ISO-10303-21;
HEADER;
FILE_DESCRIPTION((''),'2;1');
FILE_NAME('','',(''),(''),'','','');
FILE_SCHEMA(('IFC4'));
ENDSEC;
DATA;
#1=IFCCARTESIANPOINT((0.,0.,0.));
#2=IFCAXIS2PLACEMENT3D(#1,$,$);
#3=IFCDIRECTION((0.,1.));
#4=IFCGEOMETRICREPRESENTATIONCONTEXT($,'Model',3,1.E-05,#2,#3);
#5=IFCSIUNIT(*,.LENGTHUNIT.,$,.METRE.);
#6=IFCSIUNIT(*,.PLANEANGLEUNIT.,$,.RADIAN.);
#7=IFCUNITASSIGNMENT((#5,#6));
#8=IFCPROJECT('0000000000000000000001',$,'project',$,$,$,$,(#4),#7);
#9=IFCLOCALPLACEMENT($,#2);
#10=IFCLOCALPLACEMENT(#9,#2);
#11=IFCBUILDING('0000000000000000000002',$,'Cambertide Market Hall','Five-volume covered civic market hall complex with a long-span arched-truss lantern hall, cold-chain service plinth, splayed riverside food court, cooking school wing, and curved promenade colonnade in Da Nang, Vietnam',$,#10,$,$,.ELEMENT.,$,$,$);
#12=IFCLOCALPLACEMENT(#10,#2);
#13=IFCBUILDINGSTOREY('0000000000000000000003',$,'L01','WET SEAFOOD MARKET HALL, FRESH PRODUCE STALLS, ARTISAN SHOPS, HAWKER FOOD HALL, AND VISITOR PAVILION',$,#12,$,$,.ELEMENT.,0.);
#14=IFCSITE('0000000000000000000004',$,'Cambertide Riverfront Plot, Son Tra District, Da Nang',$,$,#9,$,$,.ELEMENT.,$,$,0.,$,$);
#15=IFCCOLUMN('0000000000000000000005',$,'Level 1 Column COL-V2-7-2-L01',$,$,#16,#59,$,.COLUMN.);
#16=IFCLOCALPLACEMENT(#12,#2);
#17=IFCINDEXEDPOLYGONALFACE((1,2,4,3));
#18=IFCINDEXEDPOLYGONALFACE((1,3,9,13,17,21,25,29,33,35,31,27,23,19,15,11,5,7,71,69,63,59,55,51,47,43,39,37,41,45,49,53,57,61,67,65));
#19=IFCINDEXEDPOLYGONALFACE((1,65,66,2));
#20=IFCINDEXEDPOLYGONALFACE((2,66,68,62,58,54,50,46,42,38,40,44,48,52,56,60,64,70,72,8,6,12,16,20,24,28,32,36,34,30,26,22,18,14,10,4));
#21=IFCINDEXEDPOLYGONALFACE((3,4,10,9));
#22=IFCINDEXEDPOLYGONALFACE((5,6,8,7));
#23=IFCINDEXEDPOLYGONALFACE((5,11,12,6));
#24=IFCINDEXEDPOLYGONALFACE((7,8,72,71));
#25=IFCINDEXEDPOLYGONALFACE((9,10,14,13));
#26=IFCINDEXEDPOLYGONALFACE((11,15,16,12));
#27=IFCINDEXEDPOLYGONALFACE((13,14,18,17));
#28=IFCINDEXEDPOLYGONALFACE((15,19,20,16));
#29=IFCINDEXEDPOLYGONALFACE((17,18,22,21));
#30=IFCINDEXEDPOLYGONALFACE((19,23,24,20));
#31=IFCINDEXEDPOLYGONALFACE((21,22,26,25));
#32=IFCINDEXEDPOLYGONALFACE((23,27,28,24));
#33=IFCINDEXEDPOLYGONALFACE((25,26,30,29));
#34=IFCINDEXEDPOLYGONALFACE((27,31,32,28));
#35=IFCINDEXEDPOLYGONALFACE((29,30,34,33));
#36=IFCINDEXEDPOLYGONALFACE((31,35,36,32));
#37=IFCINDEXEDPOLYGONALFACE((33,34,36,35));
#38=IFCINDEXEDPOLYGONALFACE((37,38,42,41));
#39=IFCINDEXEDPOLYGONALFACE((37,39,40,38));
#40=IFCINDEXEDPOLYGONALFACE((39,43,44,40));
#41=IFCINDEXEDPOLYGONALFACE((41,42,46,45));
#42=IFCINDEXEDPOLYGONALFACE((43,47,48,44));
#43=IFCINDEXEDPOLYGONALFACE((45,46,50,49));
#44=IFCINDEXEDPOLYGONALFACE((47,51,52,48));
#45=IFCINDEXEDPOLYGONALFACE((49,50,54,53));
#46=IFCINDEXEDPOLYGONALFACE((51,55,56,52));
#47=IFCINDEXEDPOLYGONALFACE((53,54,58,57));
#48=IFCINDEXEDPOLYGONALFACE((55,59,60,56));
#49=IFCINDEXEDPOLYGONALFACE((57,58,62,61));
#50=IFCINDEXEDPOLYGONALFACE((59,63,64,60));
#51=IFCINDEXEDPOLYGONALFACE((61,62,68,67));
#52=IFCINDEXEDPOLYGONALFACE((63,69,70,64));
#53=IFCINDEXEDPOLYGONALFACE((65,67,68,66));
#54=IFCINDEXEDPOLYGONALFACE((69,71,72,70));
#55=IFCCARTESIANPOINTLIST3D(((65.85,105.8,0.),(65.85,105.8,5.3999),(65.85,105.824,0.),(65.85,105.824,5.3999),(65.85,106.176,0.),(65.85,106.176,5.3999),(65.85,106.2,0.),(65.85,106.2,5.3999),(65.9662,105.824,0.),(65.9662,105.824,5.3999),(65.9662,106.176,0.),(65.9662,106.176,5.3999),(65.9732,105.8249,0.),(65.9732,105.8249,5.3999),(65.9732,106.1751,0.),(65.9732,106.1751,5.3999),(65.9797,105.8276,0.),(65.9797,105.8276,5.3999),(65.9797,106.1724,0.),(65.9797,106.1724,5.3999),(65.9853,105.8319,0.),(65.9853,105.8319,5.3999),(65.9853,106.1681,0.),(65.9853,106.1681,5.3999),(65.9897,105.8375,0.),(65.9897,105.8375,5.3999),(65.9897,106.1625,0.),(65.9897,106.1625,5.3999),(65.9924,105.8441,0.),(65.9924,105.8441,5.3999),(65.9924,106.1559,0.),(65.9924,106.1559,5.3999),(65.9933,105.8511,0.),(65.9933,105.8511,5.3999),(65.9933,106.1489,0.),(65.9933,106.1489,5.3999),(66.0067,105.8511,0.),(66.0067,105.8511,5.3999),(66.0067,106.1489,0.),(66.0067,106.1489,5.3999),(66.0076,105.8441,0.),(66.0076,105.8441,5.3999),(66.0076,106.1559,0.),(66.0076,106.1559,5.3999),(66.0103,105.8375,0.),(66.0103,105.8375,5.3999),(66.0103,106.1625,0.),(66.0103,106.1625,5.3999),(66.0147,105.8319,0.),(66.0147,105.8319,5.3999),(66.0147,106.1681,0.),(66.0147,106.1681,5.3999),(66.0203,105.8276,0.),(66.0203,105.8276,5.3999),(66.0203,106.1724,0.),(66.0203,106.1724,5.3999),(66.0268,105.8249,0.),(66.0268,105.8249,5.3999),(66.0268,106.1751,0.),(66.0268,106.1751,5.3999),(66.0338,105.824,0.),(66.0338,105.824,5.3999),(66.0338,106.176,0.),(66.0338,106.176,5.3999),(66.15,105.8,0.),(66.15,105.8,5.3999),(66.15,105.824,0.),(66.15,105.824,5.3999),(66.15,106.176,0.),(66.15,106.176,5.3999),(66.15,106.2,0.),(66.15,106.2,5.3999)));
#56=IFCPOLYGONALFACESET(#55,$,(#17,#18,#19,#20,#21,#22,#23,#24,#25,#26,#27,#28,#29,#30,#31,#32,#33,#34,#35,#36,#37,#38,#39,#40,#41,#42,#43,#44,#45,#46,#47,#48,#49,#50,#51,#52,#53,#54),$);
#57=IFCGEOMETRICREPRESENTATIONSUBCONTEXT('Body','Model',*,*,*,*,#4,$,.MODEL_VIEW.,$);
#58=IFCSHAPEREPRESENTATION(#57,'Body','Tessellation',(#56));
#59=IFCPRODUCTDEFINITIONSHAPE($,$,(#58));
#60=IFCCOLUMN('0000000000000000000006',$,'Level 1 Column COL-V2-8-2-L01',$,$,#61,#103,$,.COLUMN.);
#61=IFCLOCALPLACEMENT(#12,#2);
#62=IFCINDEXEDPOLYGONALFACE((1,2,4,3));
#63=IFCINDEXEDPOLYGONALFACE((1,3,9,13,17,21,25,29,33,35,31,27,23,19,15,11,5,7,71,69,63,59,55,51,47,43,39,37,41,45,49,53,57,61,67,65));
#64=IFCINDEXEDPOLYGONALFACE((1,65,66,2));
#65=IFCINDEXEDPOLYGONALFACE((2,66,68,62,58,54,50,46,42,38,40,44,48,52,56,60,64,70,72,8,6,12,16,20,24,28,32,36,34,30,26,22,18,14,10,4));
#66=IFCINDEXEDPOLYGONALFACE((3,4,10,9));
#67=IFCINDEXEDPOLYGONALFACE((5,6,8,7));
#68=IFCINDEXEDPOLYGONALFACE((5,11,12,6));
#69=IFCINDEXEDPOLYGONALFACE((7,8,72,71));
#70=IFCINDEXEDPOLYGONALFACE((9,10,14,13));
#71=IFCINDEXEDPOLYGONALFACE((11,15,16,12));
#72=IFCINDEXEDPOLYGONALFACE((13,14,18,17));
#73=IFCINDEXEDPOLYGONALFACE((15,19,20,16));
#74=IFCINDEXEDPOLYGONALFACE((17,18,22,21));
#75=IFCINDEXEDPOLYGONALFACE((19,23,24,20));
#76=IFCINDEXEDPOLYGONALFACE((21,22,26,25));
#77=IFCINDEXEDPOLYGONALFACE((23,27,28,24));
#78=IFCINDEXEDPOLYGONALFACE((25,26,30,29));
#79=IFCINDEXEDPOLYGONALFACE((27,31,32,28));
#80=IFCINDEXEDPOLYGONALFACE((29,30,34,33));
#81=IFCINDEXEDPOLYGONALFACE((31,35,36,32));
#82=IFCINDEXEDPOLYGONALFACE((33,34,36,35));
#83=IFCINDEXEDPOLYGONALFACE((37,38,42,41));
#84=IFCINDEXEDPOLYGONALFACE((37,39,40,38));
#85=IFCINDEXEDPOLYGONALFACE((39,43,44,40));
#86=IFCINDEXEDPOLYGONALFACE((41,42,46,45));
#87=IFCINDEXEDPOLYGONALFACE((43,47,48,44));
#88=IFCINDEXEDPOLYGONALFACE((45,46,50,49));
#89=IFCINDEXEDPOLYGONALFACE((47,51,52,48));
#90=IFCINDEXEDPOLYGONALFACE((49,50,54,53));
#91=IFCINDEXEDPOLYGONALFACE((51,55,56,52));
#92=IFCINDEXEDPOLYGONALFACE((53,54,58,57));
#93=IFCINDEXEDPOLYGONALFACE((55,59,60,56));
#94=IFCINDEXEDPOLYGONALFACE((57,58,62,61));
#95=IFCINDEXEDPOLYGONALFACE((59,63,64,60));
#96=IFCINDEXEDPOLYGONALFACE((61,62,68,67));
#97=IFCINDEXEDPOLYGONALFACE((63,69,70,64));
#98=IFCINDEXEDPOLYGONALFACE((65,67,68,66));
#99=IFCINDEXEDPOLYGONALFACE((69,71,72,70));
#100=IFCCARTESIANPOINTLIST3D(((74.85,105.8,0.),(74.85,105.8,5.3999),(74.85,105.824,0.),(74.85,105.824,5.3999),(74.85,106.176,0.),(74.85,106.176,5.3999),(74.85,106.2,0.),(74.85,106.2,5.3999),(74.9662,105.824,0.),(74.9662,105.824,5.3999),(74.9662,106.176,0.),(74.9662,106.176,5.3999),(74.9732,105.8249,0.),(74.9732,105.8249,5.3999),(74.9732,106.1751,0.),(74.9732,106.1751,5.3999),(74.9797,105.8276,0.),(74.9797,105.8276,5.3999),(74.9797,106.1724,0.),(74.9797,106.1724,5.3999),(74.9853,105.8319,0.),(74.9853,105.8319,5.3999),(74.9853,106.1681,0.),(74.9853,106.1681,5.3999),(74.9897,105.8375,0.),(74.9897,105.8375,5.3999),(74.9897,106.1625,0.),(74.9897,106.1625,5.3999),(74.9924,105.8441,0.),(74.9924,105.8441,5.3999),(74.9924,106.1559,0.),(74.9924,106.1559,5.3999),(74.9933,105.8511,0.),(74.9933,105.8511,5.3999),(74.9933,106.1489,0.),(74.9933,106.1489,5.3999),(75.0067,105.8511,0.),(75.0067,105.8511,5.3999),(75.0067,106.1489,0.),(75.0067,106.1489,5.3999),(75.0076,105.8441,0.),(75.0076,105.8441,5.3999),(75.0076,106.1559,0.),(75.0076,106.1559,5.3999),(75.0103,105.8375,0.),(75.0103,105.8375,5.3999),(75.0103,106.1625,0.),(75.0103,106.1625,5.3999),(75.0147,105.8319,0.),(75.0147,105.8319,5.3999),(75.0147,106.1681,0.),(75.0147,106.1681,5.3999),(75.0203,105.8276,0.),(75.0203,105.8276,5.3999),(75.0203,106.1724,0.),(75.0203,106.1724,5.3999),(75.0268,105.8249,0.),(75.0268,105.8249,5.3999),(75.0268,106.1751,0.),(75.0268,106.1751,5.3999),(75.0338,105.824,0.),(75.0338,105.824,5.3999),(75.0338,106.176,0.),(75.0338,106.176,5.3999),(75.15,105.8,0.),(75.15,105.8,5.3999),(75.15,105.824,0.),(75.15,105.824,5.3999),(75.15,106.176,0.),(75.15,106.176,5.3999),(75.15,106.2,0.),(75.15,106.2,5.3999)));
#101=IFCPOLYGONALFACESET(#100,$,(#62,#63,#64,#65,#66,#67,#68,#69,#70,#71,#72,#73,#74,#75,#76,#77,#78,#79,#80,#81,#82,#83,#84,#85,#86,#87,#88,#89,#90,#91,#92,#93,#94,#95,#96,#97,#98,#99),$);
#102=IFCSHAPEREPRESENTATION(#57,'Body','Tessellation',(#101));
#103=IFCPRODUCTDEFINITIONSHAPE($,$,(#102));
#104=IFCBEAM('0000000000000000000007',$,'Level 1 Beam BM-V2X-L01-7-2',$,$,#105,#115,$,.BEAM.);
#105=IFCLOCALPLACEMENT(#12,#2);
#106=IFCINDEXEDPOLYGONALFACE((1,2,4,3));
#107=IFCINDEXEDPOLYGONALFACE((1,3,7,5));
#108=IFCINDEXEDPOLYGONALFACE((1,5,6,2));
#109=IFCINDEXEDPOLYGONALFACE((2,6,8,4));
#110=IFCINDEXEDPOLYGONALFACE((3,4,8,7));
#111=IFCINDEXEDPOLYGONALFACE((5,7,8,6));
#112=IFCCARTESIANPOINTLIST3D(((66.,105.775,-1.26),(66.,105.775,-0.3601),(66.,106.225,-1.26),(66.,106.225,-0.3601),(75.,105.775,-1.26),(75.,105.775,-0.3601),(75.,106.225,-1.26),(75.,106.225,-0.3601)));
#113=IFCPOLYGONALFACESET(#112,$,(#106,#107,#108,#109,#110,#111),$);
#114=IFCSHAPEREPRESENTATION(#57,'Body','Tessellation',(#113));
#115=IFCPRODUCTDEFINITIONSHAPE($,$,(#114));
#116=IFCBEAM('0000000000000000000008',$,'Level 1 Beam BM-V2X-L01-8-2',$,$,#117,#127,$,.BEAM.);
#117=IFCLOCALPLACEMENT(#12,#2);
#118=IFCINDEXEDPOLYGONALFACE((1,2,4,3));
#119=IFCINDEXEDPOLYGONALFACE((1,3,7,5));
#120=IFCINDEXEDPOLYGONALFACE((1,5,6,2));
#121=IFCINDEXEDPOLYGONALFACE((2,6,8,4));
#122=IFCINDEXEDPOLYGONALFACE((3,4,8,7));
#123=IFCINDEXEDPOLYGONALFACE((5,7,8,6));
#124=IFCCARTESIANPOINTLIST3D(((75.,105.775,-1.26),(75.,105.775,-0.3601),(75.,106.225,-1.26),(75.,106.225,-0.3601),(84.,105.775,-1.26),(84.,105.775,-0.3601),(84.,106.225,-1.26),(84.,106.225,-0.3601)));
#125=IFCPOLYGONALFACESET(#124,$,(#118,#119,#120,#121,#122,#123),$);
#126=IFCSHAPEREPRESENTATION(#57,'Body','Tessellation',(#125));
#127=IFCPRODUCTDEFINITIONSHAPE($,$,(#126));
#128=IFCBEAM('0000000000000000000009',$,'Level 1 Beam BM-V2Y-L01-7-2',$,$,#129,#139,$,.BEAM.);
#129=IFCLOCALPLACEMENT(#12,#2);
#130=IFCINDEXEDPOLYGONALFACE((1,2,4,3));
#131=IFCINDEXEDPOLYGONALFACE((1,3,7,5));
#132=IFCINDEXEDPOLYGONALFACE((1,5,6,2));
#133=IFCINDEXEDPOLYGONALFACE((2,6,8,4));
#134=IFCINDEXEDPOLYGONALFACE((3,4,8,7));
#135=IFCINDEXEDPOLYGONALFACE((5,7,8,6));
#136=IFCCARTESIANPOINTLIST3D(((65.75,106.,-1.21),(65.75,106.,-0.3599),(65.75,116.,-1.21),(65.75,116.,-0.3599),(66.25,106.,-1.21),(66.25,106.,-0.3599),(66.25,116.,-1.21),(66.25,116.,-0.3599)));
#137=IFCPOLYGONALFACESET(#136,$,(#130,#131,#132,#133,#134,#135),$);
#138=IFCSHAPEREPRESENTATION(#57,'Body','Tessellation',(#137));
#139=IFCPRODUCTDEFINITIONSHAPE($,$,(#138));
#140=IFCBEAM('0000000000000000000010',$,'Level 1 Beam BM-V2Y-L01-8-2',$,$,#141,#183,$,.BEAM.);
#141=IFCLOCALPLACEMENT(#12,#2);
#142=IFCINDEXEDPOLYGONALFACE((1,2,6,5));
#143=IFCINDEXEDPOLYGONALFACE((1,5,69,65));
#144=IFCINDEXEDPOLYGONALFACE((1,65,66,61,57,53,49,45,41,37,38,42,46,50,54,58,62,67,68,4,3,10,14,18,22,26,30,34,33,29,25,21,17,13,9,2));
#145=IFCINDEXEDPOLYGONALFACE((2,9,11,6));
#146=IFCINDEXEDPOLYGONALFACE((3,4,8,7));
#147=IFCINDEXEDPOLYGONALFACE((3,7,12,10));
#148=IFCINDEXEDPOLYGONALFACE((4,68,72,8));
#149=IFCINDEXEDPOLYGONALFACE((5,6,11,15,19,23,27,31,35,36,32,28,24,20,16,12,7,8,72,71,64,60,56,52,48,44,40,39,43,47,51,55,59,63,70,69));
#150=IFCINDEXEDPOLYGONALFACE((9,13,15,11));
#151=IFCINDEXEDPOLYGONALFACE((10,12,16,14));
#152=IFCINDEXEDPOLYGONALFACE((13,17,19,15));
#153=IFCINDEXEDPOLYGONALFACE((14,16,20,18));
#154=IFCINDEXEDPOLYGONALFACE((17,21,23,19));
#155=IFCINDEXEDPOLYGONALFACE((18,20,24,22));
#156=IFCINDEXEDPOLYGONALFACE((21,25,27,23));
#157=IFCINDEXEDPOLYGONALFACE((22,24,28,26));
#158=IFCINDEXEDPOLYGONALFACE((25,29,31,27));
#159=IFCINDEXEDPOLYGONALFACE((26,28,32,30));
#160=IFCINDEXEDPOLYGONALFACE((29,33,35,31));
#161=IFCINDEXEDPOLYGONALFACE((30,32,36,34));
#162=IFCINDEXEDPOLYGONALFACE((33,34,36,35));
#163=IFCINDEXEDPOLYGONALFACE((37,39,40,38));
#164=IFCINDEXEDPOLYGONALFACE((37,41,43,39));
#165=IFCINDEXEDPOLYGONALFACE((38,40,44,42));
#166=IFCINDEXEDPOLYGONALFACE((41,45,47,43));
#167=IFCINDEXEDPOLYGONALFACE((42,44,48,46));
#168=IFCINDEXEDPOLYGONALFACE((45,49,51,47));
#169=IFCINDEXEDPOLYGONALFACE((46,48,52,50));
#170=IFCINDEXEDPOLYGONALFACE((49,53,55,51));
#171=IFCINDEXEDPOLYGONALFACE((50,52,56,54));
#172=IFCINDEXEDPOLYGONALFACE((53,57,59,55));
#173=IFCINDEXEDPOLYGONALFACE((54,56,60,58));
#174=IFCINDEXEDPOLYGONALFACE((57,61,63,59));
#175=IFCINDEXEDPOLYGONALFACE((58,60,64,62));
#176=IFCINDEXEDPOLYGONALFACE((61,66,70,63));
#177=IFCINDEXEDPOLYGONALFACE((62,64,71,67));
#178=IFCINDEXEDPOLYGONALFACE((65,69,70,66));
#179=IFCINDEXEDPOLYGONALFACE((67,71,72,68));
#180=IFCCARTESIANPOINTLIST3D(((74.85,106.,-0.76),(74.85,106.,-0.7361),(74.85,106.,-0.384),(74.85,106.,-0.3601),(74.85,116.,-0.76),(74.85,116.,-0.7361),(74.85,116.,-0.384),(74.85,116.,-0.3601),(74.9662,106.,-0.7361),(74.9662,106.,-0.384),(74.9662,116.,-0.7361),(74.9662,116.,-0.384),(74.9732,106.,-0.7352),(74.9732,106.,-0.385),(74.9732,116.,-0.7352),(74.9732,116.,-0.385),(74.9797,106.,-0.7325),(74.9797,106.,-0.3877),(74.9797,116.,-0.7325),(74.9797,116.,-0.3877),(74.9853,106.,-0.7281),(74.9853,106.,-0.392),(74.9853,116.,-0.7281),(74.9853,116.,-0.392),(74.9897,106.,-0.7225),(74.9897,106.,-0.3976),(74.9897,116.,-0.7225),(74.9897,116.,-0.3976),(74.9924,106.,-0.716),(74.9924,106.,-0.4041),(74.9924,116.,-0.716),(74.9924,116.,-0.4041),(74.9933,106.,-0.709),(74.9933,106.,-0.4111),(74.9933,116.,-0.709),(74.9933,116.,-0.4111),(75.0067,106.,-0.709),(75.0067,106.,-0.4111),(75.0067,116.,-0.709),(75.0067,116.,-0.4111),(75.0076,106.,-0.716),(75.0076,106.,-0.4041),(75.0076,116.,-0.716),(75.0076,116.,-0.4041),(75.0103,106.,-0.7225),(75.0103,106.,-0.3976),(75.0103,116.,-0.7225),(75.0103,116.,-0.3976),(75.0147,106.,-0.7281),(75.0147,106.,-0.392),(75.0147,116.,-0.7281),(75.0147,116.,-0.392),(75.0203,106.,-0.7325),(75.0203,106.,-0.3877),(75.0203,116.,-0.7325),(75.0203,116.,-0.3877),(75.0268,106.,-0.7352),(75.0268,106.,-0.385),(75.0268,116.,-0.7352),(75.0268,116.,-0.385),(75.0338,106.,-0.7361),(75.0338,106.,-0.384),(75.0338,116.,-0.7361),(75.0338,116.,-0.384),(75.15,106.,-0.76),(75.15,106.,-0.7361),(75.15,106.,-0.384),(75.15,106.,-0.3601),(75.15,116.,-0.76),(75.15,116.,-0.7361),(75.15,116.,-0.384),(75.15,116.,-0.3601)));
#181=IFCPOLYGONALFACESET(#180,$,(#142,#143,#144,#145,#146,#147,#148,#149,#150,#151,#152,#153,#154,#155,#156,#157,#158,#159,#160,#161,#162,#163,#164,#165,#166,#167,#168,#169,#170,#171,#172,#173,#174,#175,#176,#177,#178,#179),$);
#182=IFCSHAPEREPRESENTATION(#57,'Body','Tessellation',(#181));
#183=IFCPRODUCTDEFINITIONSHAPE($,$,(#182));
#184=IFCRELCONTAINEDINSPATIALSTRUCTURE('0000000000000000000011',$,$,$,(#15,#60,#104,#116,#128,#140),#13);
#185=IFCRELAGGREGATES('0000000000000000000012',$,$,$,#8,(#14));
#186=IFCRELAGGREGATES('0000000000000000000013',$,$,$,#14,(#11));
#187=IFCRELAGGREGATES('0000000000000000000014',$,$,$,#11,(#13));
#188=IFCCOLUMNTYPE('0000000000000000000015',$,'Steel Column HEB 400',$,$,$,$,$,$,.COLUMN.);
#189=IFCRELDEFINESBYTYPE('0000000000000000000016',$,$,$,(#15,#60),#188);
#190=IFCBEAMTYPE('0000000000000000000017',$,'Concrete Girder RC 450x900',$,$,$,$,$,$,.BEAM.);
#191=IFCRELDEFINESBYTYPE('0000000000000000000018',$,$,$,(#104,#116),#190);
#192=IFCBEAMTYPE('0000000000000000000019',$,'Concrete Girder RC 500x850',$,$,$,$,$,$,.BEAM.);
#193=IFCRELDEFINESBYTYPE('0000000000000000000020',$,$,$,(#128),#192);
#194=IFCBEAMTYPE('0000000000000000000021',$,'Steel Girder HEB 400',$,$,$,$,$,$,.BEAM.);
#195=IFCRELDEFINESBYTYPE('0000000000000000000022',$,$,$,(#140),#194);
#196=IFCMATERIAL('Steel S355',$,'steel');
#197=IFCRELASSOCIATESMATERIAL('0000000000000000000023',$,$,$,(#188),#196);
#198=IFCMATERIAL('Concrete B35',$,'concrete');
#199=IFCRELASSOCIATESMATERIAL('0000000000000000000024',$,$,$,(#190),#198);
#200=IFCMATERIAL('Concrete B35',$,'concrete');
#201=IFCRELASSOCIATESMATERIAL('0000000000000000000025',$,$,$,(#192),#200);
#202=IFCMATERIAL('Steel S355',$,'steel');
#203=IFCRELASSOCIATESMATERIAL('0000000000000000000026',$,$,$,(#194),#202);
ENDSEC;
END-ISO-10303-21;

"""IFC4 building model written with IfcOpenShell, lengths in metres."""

from ifc_helpers import new_model, si_unit, direction, frame, origin, origin_2d, place, context, subcontext, project, spatial, rectangle, i_section, extrude, material, material_profile, profile_set, type_object, element, save


model = new_model("IFC4")

# Units and contexts
model_context = context("Model", 3, precision=1e-05, world=origin(), true_north=direction((0.0, 1.0)))
body_context = subcontext(model_context, "Body", "Model", "MODEL_VIEW")
ifc_project = project(units=[si_unit("LENGTHUNIT", "METRE"), si_unit("PLANEANGLEUNIT", "RADIAN")], contexts=[model_context])

# Site, building, storey
site_placement = place(None, origin())
site = spatial("IfcSite", under=ifc_project, at=site_placement, Name="Cambertide Riverfront Plot, Son Tra District, Da Nang", CompositionType="ELEMENT", RefElevation=0.0)
building_placement = place(site_placement, origin())
building = spatial("IfcBuilding", under=site, at=building_placement, Name="Cambertide Market Hall", Description="Five-volume covered civic market hall complex with a long-span arched-truss lantern hall, cold-chain service plinth, splayed riverside food court, cooking school wing, and curved promenade colonnade in Da Nang, Vietnam", CompositionType="ELEMENT")
storey_placement = place(building_placement, origin())
storey = spatial("IfcBuildingStorey", under=building, at=storey_placement, Name="L01", Description="WET SEAFOOD MARKET HALL, FRESH PRODUCE STALLS, ARTISAN SHOPS, HAWKER FOOD HALL, AND VISITOR PAVILION", CompositionType="ELEMENT", Elevation=0.0)

# Columns
ifc_material_1 = material(Name="Steel S355", Category="steel")
ifc_material_profile_1 = material_profile(ifc_material_1, i_section(OverallWidth=0.3, OverallDepth=0.3999, WebThickness=0.0134, FlangeThickness=0.0239, FilletRadius=0.0271, at=origin_2d()), Name="HEB 400")
ifc_profile_set_1 = profile_set([ifc_material_profile_1], Name="Steel S355")
column_type = type_object("IfcColumnType", Name="Steel Column HEB 400", PredefinedType="COLUMN", material=ifc_profile_set_1)
for number, where, z_axis, x_axis, name in (
    (1, (66.0, 106.0, 0.0), (0.0, 0.0, 1.0), (1.0, 0.0, 0.0), "Level 1 Column COL-V2-7-2-L01"),
    (2, (75.0, 106.0, 0.0), (0.0, 0.0, 1.0), (1.0, 0.0, 0.0), "Level 1 Column COL-V2-8-2-L01"),
):
    element("IfcColumn", number, at=place(storey_placement, frame(where, z_axis=z_axis, x_axis=x_axis)), inside=storey, type_object=column_type, Name=name, PredefinedType="COLUMN", context=body_context, shape_type="SweptSolid", body=[
        extrude(i_section(OverallWidth=0.3, OverallDepth=0.3999, WebThickness=0.0134, FlangeThickness=0.0239, FilletRadius=0.0271, at=origin_2d()), origin(), (0.0, 0.0, 1.0), 5.3999),
    ])

# Beams
ifc_material_2 = material(Name="Concrete B35", Category="concrete")
ifc_material_profile_2 = material_profile(ifc_material_2, rectangle(XDim=0.45, YDim=0.8999, at=origin_2d()), Name="RC 450x900")
ifc_profile_set_2 = profile_set([ifc_material_profile_2], Name="Concrete B35")
beam_type_1 = type_object("IfcBeamType", Name="Concrete Girder RC 450x900", PredefinedType="BEAM", material=ifc_profile_set_2)
for number, where, z_axis, x_axis, name in (
    (3, (66.0, 106.0, -0.8101), (1.0, 0.0, 0.0), (0.0, 1.0, 0.0), "Level 1 Beam BM-V2X-L01-7-2"),
    (4, (75.0, 106.0, -0.8101), (1.0, 0.0, 0.0), (0.0, 1.0, 0.0), "Level 1 Beam BM-V2X-L01-8-2"),
):
    element("IfcBeam", number, at=place(storey_placement, frame(where, z_axis=z_axis, x_axis=x_axis)), inside=storey, type_object=beam_type_1, Name=name, PredefinedType="BEAM", context=body_context, shape_type="SweptSolid", body=[
        extrude(rectangle(XDim=0.45, YDim=0.8999, at=origin_2d()), origin(), (0.0, 0.0, 1.0), 9.0),
    ])
ifc_material_3 = material(Name="Concrete B35", Category="concrete")
ifc_material_profile_3 = material_profile(ifc_material_3, rectangle(XDim=0.5, YDim=0.8501, at=origin_2d()), Name="RC 500x850")
ifc_profile_set_3 = profile_set([ifc_material_profile_3], Name="Concrete B35")
beam_type_2 = type_object("IfcBeamType", Name="Concrete Girder RC 500x850", PredefinedType="BEAM", material=ifc_profile_set_3)
beam_1_placement = place(storey_placement, frame((66.0, 106.0, -0.7849), z_axis=(0.0, 1.0, 0.0), x_axis=(-1.0, 0.0, 0.0)))
element("IfcBeam", 5, at=beam_1_placement, inside=storey, type_object=beam_type_2, Name="Level 1 Beam BM-V2Y-L01-7-2", PredefinedType="BEAM", context=body_context, shape_type="SweptSolid", body=[
    extrude(rectangle(XDim=0.5, YDim=0.8501, at=origin_2d()), origin(), (0.0, 0.0, 1.0), 10.0),
])
ifc_material_4 = material(Name="Steel S355", Category="steel")
ifc_material_profile_4 = material_profile(ifc_material_4, i_section(OverallWidth=0.3, OverallDepth=0.3999, WebThickness=0.0134, FlangeThickness=0.0239, FilletRadius=0.0271, at=origin_2d()), Name="HEB 400")
ifc_profile_set_4 = profile_set([ifc_material_profile_4], Name="Steel S355")
beam_type_3 = type_object("IfcBeamType", Name="Steel Girder HEB 400", PredefinedType="BEAM", material=ifc_profile_set_4)
beam_2_placement = place(storey_placement, frame((75.0, 106.0, -0.5601), z_axis=(0.0, 1.0, 0.0), x_axis=(-1.0, 0.0, 0.0)))
element("IfcBeam", 6, at=beam_2_placement, inside=storey, type_object=beam_type_3, Name="Level 1 Beam BM-V2Y-L01-8-2", PredefinedType="BEAM", context=body_context, shape_type="SweptSolid", body=[
    extrude(i_section(OverallWidth=0.3, OverallDepth=0.3999, WebThickness=0.0134, FlangeThickness=0.0239, FilletRadius=0.0271, at=origin_2d()), origin(), (0.0, 0.0, 1.0), 10.0),
])

save(model, "model.ifc")
